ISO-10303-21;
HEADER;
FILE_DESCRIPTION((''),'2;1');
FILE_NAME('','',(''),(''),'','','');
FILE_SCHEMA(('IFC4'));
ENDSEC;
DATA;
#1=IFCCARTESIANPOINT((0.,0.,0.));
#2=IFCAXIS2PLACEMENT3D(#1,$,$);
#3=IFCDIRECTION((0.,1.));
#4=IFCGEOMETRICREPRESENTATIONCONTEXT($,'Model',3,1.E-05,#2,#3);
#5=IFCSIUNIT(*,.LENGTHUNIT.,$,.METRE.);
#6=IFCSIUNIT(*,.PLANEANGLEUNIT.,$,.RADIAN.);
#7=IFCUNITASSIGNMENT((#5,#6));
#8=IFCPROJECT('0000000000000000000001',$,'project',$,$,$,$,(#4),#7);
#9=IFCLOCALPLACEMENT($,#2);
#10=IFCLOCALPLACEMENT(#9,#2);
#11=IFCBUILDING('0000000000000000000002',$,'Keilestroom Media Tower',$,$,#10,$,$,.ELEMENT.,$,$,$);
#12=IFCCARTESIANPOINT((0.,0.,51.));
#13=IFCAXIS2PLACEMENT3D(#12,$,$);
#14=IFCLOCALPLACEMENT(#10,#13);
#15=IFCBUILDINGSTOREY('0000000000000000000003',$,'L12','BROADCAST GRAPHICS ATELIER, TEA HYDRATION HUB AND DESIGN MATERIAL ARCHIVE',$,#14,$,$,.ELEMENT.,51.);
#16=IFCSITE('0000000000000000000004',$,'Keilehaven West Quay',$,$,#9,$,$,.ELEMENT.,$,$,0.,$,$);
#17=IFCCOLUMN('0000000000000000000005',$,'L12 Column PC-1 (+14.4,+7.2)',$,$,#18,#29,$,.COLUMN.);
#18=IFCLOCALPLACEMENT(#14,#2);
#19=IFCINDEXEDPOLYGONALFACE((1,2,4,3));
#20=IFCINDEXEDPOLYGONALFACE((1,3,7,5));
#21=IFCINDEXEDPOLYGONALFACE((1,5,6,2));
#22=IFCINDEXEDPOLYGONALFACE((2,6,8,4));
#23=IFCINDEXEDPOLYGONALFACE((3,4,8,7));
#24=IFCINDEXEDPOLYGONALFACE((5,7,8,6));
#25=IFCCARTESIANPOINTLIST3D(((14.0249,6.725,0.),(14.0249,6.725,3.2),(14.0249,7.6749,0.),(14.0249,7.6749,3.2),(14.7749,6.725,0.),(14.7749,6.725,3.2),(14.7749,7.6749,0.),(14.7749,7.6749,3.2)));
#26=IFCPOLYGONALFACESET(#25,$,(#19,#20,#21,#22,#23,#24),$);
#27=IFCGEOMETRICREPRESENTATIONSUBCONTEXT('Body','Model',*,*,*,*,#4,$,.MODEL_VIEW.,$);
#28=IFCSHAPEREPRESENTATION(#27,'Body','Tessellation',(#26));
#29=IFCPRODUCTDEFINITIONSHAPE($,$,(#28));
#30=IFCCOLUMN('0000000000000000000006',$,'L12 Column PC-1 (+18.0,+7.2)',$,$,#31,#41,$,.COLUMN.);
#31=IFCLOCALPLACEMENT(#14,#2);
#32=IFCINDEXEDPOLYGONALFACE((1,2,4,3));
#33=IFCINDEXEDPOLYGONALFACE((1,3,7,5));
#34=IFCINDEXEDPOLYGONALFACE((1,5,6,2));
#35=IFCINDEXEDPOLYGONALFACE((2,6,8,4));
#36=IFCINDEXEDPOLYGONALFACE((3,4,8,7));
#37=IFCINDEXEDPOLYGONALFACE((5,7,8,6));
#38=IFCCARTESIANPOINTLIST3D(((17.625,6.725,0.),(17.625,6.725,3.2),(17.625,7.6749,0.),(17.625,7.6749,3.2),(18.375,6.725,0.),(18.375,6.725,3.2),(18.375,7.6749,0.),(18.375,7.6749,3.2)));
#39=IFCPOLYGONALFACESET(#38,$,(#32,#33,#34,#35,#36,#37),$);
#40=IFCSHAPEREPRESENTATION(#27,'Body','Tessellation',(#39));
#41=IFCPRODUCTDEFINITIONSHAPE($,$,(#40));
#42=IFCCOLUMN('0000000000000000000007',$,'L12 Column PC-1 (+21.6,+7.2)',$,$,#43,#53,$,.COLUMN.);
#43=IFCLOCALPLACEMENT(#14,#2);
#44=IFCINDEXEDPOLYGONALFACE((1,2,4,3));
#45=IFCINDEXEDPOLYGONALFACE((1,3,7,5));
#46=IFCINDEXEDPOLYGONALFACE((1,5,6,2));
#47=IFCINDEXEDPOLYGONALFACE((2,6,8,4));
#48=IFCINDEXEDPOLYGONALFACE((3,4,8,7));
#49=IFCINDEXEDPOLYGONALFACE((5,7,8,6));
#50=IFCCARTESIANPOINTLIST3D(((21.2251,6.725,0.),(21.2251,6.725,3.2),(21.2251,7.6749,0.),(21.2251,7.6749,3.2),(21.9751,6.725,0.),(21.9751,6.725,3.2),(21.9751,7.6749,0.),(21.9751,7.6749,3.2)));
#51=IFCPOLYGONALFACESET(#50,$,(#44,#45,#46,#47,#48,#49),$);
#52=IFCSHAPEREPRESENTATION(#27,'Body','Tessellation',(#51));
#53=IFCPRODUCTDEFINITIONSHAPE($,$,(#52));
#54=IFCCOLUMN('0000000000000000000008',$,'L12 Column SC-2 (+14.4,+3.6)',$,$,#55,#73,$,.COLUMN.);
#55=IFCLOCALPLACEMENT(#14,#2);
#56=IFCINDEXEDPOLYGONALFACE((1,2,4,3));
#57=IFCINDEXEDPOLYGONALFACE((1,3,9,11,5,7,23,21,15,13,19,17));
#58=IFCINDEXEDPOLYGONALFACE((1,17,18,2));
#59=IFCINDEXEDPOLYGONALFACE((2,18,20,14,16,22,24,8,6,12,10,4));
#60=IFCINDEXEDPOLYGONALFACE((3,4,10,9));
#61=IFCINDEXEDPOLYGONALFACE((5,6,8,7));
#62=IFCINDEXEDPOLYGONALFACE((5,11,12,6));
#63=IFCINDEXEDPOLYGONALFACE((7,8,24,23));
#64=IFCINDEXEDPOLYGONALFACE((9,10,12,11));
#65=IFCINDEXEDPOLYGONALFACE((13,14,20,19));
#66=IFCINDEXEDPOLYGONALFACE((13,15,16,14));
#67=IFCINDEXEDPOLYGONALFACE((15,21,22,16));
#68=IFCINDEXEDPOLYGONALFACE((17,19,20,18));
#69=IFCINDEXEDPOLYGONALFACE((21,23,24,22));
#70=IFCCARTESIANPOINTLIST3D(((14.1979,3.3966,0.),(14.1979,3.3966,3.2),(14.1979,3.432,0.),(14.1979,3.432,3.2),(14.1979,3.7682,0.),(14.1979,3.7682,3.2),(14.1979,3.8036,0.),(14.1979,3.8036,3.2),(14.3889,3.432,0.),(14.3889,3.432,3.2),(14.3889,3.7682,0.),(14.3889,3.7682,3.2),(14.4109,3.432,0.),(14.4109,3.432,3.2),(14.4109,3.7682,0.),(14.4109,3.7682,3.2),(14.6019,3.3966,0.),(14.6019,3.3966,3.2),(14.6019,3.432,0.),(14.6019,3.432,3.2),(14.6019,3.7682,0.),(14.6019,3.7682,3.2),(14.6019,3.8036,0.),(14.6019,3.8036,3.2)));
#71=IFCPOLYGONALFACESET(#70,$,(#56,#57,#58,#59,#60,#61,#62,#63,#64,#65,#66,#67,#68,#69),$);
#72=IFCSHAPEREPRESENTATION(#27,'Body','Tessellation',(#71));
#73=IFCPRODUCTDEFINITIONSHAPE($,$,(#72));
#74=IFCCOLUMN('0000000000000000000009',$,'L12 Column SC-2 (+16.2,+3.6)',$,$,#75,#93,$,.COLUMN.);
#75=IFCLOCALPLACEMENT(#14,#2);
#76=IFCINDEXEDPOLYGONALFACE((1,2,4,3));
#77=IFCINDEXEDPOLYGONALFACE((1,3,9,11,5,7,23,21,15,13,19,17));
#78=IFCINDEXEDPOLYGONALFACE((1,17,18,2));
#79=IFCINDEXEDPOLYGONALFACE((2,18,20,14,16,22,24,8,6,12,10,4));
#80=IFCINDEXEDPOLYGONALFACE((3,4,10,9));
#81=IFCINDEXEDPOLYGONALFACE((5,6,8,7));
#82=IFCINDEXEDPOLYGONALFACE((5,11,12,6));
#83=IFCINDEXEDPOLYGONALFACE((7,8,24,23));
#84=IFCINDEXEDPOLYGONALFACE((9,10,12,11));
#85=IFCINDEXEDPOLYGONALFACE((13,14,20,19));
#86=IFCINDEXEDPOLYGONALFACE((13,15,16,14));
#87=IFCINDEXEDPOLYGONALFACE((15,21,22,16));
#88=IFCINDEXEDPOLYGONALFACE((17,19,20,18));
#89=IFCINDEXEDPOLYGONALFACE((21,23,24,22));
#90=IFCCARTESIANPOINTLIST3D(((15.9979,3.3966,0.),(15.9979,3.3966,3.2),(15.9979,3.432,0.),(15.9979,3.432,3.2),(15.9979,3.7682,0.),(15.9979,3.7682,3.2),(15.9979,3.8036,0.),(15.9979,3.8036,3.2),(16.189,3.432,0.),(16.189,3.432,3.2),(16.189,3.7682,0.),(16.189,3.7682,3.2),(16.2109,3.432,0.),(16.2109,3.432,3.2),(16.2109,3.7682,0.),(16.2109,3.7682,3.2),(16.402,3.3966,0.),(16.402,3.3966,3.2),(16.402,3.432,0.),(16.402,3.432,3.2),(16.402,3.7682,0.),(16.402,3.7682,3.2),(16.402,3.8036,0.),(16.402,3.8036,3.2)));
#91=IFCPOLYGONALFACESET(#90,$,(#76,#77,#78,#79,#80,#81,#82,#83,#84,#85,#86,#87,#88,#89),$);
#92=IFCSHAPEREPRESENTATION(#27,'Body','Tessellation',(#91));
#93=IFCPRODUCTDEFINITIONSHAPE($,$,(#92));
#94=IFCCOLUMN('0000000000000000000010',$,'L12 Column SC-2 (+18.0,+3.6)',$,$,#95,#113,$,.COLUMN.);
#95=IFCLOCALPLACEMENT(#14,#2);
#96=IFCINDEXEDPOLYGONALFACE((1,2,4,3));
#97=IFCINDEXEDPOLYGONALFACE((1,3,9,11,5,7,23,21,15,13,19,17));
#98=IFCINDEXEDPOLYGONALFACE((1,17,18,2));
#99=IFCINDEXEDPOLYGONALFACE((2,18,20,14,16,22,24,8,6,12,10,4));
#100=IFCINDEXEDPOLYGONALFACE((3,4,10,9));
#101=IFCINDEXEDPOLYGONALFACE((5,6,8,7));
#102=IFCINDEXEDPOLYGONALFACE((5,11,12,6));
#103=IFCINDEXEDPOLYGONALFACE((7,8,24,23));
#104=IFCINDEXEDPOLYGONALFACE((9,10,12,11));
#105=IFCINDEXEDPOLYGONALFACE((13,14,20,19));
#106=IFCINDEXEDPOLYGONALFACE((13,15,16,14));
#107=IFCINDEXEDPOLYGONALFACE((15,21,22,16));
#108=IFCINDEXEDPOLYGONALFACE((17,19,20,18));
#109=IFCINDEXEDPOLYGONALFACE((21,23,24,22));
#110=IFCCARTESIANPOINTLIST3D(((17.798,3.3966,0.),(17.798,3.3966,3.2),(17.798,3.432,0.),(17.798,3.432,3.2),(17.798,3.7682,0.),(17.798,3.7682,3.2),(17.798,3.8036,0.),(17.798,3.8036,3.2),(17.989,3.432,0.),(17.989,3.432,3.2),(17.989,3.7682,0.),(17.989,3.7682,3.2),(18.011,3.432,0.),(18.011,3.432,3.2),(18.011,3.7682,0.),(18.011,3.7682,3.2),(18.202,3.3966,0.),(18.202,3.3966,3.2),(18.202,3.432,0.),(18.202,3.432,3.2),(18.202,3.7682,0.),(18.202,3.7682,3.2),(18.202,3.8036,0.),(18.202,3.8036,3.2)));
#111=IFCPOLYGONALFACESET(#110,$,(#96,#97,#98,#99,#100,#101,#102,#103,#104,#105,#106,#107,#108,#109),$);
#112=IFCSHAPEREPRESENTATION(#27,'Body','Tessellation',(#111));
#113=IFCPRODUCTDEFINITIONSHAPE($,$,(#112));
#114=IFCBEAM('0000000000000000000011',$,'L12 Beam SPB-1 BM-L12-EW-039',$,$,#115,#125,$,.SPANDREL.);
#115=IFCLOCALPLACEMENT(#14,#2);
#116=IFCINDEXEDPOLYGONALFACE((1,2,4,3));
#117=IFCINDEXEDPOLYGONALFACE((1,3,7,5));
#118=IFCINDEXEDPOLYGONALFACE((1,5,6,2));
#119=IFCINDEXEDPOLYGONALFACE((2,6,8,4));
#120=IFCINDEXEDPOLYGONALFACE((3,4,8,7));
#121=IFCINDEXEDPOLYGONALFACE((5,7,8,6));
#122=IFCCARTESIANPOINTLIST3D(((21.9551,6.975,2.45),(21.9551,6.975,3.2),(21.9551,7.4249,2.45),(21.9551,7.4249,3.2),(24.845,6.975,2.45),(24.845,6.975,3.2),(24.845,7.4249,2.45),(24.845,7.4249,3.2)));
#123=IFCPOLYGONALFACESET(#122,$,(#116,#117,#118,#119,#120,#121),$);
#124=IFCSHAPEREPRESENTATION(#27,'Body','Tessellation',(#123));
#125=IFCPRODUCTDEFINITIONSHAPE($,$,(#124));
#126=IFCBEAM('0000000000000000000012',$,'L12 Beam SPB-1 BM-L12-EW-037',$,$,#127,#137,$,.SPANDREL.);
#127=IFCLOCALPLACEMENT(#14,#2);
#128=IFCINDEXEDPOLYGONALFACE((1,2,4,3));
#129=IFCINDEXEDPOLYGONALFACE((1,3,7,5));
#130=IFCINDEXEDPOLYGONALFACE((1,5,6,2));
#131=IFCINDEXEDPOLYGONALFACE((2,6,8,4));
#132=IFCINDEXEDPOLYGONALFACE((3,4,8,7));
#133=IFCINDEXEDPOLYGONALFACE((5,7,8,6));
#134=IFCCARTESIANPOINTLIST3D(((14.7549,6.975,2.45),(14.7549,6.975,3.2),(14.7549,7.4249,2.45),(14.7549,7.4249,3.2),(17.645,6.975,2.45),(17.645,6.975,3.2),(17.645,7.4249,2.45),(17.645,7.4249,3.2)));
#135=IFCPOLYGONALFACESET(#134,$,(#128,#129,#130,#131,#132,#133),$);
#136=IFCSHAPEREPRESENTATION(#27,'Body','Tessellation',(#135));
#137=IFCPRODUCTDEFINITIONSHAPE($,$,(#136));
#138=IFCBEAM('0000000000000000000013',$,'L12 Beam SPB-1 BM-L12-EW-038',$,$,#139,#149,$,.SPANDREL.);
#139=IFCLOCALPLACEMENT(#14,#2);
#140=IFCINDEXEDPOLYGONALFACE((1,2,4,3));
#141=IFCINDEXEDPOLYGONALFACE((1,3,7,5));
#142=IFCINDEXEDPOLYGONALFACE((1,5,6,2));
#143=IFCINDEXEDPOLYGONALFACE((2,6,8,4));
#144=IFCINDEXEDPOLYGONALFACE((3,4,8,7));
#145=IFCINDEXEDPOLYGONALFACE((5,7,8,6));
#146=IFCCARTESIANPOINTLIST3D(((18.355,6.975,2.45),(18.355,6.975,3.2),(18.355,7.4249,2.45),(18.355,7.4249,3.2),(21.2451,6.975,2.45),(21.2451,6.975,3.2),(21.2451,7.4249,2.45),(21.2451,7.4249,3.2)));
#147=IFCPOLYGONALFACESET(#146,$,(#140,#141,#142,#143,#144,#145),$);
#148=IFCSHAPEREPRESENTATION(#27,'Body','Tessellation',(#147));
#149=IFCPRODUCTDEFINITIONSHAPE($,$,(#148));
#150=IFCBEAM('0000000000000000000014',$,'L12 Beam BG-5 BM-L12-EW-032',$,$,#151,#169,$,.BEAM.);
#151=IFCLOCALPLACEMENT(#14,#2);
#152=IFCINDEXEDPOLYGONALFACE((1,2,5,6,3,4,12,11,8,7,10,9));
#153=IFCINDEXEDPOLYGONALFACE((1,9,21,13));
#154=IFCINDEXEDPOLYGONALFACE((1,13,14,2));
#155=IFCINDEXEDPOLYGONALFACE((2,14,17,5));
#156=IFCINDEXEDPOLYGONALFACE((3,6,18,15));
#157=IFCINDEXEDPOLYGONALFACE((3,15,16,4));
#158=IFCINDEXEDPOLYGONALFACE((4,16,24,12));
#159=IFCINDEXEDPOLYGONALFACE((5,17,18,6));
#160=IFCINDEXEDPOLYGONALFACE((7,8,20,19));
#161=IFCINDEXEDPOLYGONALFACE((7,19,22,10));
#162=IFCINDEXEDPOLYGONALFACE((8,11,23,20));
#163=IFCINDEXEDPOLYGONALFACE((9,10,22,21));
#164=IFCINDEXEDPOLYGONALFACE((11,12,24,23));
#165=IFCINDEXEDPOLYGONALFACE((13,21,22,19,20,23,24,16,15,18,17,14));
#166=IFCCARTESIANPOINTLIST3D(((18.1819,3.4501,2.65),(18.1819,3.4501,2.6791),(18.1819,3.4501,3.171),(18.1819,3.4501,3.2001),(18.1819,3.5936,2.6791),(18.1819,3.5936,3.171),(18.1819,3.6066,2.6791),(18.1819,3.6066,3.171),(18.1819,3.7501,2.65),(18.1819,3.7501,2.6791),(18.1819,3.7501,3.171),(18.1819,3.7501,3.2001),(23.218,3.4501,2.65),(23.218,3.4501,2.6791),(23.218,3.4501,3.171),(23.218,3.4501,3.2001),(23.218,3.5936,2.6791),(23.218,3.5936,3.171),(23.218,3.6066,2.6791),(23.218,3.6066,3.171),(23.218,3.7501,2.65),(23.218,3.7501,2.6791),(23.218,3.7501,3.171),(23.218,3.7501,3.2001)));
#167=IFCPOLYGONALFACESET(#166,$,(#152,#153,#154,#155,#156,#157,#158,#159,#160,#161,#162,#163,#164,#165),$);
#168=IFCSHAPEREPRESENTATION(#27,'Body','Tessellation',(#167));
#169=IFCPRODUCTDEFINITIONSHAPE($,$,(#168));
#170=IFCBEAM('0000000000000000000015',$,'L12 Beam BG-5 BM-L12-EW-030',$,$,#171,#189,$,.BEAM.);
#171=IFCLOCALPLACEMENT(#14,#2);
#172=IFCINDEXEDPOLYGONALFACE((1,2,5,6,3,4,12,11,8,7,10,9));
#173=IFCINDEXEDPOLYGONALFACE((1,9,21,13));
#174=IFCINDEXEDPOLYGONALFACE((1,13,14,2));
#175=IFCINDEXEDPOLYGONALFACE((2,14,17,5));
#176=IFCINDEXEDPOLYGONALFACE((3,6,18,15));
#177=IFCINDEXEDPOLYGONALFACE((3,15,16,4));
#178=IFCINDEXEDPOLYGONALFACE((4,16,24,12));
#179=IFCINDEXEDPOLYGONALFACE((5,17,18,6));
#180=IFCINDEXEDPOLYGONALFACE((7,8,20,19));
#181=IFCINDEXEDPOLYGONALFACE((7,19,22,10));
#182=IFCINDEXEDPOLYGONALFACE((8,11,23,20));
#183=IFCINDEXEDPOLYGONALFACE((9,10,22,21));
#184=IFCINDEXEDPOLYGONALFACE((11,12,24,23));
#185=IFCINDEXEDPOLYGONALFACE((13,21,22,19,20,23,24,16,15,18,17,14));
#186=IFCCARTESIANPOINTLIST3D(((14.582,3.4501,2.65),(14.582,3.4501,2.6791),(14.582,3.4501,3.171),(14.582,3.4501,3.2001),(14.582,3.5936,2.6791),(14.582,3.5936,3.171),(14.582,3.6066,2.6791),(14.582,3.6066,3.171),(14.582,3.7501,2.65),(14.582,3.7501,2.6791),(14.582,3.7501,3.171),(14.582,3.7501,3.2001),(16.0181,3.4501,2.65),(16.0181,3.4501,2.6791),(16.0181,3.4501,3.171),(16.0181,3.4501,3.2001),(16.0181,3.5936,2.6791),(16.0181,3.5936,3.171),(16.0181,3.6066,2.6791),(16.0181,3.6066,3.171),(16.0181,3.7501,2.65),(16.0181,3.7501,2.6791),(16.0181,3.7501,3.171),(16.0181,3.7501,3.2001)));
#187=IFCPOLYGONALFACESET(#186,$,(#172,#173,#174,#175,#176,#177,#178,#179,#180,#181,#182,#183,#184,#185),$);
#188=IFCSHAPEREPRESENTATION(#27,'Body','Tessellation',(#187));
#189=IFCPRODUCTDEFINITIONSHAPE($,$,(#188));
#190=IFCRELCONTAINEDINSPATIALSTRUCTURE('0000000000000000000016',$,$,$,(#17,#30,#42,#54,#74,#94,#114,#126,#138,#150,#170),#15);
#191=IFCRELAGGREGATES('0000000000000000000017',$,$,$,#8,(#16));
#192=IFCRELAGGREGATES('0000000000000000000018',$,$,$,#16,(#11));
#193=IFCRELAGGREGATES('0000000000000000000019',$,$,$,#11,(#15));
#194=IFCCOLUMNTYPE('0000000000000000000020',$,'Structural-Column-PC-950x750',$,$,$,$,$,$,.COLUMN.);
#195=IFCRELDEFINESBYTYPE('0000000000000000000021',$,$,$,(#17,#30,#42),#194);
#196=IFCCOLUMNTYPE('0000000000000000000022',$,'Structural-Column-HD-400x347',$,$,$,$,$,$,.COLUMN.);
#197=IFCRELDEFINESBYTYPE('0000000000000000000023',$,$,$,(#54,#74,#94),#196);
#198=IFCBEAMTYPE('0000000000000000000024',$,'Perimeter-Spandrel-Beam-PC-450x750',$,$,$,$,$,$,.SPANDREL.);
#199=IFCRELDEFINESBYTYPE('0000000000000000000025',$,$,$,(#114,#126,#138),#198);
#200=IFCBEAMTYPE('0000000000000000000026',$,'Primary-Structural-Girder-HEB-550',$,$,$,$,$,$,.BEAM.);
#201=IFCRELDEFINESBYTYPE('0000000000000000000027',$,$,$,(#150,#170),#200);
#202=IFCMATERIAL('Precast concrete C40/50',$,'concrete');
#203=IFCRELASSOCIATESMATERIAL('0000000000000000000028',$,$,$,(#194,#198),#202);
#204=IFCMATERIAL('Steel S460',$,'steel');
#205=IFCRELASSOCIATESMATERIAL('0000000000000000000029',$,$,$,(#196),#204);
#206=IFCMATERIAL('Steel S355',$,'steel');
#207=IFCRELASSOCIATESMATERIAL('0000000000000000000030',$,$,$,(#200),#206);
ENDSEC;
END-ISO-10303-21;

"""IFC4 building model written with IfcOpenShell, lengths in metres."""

from ifc_helpers import new_model, si_unit, direction, frame, origin, origin_2d, place, context, subcontext, project, spatial, rectangle, i_section, extrude, source, transform, mapped, material, material_profile, profile_set, type_object, element, save


model = new_model("IFC4")

# Units and contexts
model_context = context("Model", 3, precision=1e-05, world=origin(), true_north=direction((0.0, 1.0)))
body_context = subcontext(model_context, "Body", "Model", "MODEL_VIEW")
ifc_project = project(units=[si_unit("LENGTHUNIT", "METRE"), si_unit("PLANEANGLEUNIT", "RADIAN")], contexts=[model_context])

# Site, building, storey
site_placement = place(None, origin())
site = spatial("IfcSite", under=ifc_project, at=site_placement, Name="Keilehaven West Quay", CompositionType="ELEMENT", RefElevation=0.0)
building_placement = place(site_placement, origin())
building = spatial("IfcBuilding", under=site, at=building_placement, Name="Keilestroom Media Tower", CompositionType="ELEMENT")
storey_placement = place(building_placement, frame((0.0, 0.0, 51.0)))
storey = spatial("IfcBuildingStorey", under=building, at=storey_placement, Name="L12", Description="BROADCAST GRAPHICS ATELIER, TEA HYDRATION HUB AND DESIGN MATERIAL ARCHIVE", CompositionType="ELEMENT", Elevation=51.0)

# Columns
ifc_material_1 = material(Name="Precast concrete C40/50", Category="concrete")
ifc_material_profile_1 = material_profile(ifc_material_1, rectangle(XDim=0.75, YDim=0.95, at=origin_2d()), Name="PC 950x750")
ifc_profile_set_1 = profile_set([ifc_material_profile_1], Name="Precast concrete C40/50")
column_type_1 = type_object("IfcColumnType", Name="Structural-Column-PC-950x750", PredefinedType="COLUMN", material=ifc_profile_set_1)
shared_shape_1 = source(origin(), body_context, "Body", "SweptSolid", [
    extrude(rectangle(XDim=0.75, YDim=0.95, at=origin_2d()), origin(), (0.0, 0.0, 1.0), 3.2),
])
for number, where, z_axis, x_axis, name in (
    (1, (14.3999, 7.2, 0.0), (0.0, 0.0, 1.0), (1.0, 0.0, 0.0), "L12 Column PC-1 (+14.4,+7.2)"),
    (2, (18.0, 7.2, 0.0), (0.0, 0.0, 1.0), (1.0, 0.0, 0.0), "L12 Column PC-1 (+18.0,+7.2)"),
    (3, (21.6001, 7.2, 0.0), (0.0, 0.0, 1.0), (1.0, 0.0, 0.0), "L12 Column PC-1 (+21.6,+7.2)"),
):
    element("IfcColumn", number, at=place(storey_placement, frame(where, z_axis=z_axis, x_axis=x_axis)), inside=storey, type_object=column_type_1, Name=name, PredefinedType="COLUMN", context=body_context, shape_type="MappedRepresentation", body=[
        mapped(shared_shape_1, transform((0.0, 0.0, 0.0), x_axis=(1.0, 0.0, 0.0), y_axis=(0.0, 1.0, 0.0), z_axis=(0.0, 0.0, 1.0), scale=1.0)),
    ])
ifc_material_2 = material(Name="Steel S460", Category="steel")
ifc_material_profile_2 = material_profile(ifc_material_2, i_section(OverallWidth=0.4041, OverallDepth=0.407, WebThickness=0.022, FlangeThickness=0.0354, at=origin_2d()), Name="HD 400x347")
ifc_profile_set_2 = profile_set([ifc_material_profile_2], Name="Steel S460")
column_type_2 = type_object("IfcColumnType", Name="Structural-Column-HD-400x347", PredefinedType="COLUMN", material=ifc_profile_set_2)
shared_shape_2 = source(origin(), body_context, "Body", "SweptSolid", [
    extrude(i_section(OverallWidth=0.4041, OverallDepth=0.407, WebThickness=0.022, FlangeThickness=0.0354, at=origin_2d()), origin(), (0.0, 0.0, 1.0), 3.2),
])
for number, where, z_axis, x_axis, name in (
    (4, (14.3999, 3.6001, 0.0), (0.0, 0.0, 1.0), (1.0, 0.0, 0.0), "L12 Column SC-2 (+14.4,+3.6)"),
    (5, (16.2, 3.6001, 0.0), (0.0, 0.0, 1.0), (1.0, 0.0, 0.0), "L12 Column SC-2 (+16.2,+3.6)"),
    (6, (18.0, 3.6001, 0.0), (0.0, 0.0, 1.0), (1.0, 0.0, 0.0), "L12 Column SC-2 (+18.0,+3.6)"),
):
    element("IfcColumn", number, at=place(storey_placement, frame(where, z_axis=z_axis, x_axis=x_axis)), inside=storey, type_object=column_type_2, Name=name, PredefinedType="COLUMN", context=body_context, shape_type="MappedRepresentation", body=[
        mapped(shared_shape_2, transform((0.0, 0.0, 0.0), x_axis=(1.0, 0.0, 0.0), y_axis=(0.0, 1.0, 0.0), z_axis=(0.0, 0.0, 1.0), scale=1.0)),
    ])

# Beams
ifc_material_profile_3 = material_profile(ifc_material_1, rectangle(XDim=0.45, YDim=0.75, at=origin_2d()), Name="PC 450x750")
ifc_profile_set_3 = profile_set([ifc_material_profile_3], Name="Precast concrete C40/50")
beam_type_1 = type_object("IfcBeamType", Name="Perimeter-Spandrel-Beam-PC-450x750", PredefinedType="SPANDREL", material=ifc_profile_set_3)
shared_shape_3 = source(origin(), body_context, "Body", "SweptSolid", [
    extrude(rectangle(XDim=0.45, YDim=0.75, at=origin_2d()), origin(), (0.0, 0.0, 1.0), 2.8899),
])
beam_1_placement = place(storey_placement, frame((21.9551, 7.2, 2.825), z_axis=(1.0, 0.0, 0.0), x_axis=(0.0, 1.0, 0.0)))
element("IfcBeam", 7, at=beam_1_placement, inside=storey, type_object=beam_type_1, Name="L12 Beam SPB-1 BM-L12-EW-039", PredefinedType="SPANDREL", context=body_context, shape_type="MappedRepresentation", body=[
    mapped(shared_shape_3, transform((0.0, 0.0, 0.0), x_axis=(1.0, 0.0, 0.0), y_axis=(0.0, 1.0, 0.0), z_axis=(0.0, 0.0, 1.0), scale=1.0)),
])
shared_shape_4 = source(origin(), body_context, "Body", "SweptSolid", [
    extrude(rectangle(XDim=0.45, YDim=0.75, at=origin_2d()), origin(), (0.0, 0.0, 1.0), 2.8901),
])
for number, where, z_axis, x_axis, name in (
    (8, (14.7549, 7.2, 2.825), (1.0, 0.0, 0.0), (0.0, 1.0, 0.0), "L12 Beam SPB-1 BM-L12-EW-037"),
    (9, (18.355, 7.2, 2.825), (1.0, 0.0, 0.0), (0.0, 1.0, 0.0), "L12 Beam SPB-1 BM-L12-EW-038"),
):
    element("IfcBeam", number, at=place(storey_placement, frame(where, z_axis=z_axis, x_axis=x_axis)), inside=storey, type_object=beam_type_1, Name=name, PredefinedType="SPANDREL", context=body_context, shape_type="MappedRepresentation", body=[
        mapped(shared_shape_4, transform((0.0, 0.0, 0.0), x_axis=(1.0, 0.0, 0.0), y_axis=(0.0, 1.0, 0.0), z_axis=(0.0, 0.0, 1.0), scale=1.0)),
    ])
ifc_material_3 = material(Name="Steel S355", Category="steel")
ifc_material_profile_4 = material_profile(ifc_material_3, i_section(OverallWidth=0.3, OverallDepth=0.55, WebThickness=0.0129, FlangeThickness=0.0291, at=origin_2d()), Name="HEB 550")
ifc_profile_set_4 = profile_set([ifc_material_profile_4], Name="Steel S355")
beam_type_2 = type_object("IfcBeamType", Name="Primary-Structural-Girder-HEB-550", PredefinedType="BEAM", material=ifc_profile_set_4)
shared_shape_5 = source(origin(), body_context, "Body", "SweptSolid", [
    extrude(i_section(OverallWidth=0.3, OverallDepth=0.55, WebThickness=0.0129, FlangeThickness=0.0291, at=origin_2d()), origin(), (0.0, 0.0, 1.0), 5.0361),
])
beam_2_placement = place(storey_placement, frame((18.1819, 3.6001, 2.925), z_axis=(1.0, 0.0, 0.0), x_axis=(0.0, 1.0, 0.0)))
element("IfcBeam", 10, at=beam_2_placement, inside=storey, type_object=beam_type_2, Name="L12 Beam BG-5 BM-L12-EW-032", PredefinedType="BEAM", context=body_context, shape_type="MappedRepresentation", body=[
    mapped(shared_shape_5, transform((0.0, 0.0, 0.0), x_axis=(1.0, 0.0, 0.0), y_axis=(0.0, 1.0, 0.0), z_axis=(0.0, 0.0, 1.0), scale=1.0)),
])
shared_shape_6 = source(origin(), body_context, "Body", "SweptSolid", [
    extrude(i_section(OverallWidth=0.3, OverallDepth=0.55, WebThickness=0.0129, FlangeThickness=0.0291, at=origin_2d()), origin(), (0.0, 0.0, 1.0), 1.436),
])
for number, where, z_axis, x_axis, name in (
    (11, (14.582, 3.6001, 2.925), (1.0, 0.0, 0.0), (0.0, 1.0, 0.0), "L12 Beam BG-5 BM-L12-EW-030"),
):
    element("IfcBeam", number, at=place(storey_placement, frame(where, z_axis=z_axis, x_axis=x_axis)), inside=storey, type_object=beam_type_2, Name=name, PredefinedType="BEAM", context=body_context, shape_type="MappedRepresentation", body=[
        mapped(shared_shape_6, transform((0.0, 0.0, 0.0), x_axis=(1.0, 0.0, 0.0), y_axis=(0.0, 1.0, 0.0), z_axis=(0.0, 0.0, 1.0), scale=1.0)),
    ])

save(model, "model.ifc")
